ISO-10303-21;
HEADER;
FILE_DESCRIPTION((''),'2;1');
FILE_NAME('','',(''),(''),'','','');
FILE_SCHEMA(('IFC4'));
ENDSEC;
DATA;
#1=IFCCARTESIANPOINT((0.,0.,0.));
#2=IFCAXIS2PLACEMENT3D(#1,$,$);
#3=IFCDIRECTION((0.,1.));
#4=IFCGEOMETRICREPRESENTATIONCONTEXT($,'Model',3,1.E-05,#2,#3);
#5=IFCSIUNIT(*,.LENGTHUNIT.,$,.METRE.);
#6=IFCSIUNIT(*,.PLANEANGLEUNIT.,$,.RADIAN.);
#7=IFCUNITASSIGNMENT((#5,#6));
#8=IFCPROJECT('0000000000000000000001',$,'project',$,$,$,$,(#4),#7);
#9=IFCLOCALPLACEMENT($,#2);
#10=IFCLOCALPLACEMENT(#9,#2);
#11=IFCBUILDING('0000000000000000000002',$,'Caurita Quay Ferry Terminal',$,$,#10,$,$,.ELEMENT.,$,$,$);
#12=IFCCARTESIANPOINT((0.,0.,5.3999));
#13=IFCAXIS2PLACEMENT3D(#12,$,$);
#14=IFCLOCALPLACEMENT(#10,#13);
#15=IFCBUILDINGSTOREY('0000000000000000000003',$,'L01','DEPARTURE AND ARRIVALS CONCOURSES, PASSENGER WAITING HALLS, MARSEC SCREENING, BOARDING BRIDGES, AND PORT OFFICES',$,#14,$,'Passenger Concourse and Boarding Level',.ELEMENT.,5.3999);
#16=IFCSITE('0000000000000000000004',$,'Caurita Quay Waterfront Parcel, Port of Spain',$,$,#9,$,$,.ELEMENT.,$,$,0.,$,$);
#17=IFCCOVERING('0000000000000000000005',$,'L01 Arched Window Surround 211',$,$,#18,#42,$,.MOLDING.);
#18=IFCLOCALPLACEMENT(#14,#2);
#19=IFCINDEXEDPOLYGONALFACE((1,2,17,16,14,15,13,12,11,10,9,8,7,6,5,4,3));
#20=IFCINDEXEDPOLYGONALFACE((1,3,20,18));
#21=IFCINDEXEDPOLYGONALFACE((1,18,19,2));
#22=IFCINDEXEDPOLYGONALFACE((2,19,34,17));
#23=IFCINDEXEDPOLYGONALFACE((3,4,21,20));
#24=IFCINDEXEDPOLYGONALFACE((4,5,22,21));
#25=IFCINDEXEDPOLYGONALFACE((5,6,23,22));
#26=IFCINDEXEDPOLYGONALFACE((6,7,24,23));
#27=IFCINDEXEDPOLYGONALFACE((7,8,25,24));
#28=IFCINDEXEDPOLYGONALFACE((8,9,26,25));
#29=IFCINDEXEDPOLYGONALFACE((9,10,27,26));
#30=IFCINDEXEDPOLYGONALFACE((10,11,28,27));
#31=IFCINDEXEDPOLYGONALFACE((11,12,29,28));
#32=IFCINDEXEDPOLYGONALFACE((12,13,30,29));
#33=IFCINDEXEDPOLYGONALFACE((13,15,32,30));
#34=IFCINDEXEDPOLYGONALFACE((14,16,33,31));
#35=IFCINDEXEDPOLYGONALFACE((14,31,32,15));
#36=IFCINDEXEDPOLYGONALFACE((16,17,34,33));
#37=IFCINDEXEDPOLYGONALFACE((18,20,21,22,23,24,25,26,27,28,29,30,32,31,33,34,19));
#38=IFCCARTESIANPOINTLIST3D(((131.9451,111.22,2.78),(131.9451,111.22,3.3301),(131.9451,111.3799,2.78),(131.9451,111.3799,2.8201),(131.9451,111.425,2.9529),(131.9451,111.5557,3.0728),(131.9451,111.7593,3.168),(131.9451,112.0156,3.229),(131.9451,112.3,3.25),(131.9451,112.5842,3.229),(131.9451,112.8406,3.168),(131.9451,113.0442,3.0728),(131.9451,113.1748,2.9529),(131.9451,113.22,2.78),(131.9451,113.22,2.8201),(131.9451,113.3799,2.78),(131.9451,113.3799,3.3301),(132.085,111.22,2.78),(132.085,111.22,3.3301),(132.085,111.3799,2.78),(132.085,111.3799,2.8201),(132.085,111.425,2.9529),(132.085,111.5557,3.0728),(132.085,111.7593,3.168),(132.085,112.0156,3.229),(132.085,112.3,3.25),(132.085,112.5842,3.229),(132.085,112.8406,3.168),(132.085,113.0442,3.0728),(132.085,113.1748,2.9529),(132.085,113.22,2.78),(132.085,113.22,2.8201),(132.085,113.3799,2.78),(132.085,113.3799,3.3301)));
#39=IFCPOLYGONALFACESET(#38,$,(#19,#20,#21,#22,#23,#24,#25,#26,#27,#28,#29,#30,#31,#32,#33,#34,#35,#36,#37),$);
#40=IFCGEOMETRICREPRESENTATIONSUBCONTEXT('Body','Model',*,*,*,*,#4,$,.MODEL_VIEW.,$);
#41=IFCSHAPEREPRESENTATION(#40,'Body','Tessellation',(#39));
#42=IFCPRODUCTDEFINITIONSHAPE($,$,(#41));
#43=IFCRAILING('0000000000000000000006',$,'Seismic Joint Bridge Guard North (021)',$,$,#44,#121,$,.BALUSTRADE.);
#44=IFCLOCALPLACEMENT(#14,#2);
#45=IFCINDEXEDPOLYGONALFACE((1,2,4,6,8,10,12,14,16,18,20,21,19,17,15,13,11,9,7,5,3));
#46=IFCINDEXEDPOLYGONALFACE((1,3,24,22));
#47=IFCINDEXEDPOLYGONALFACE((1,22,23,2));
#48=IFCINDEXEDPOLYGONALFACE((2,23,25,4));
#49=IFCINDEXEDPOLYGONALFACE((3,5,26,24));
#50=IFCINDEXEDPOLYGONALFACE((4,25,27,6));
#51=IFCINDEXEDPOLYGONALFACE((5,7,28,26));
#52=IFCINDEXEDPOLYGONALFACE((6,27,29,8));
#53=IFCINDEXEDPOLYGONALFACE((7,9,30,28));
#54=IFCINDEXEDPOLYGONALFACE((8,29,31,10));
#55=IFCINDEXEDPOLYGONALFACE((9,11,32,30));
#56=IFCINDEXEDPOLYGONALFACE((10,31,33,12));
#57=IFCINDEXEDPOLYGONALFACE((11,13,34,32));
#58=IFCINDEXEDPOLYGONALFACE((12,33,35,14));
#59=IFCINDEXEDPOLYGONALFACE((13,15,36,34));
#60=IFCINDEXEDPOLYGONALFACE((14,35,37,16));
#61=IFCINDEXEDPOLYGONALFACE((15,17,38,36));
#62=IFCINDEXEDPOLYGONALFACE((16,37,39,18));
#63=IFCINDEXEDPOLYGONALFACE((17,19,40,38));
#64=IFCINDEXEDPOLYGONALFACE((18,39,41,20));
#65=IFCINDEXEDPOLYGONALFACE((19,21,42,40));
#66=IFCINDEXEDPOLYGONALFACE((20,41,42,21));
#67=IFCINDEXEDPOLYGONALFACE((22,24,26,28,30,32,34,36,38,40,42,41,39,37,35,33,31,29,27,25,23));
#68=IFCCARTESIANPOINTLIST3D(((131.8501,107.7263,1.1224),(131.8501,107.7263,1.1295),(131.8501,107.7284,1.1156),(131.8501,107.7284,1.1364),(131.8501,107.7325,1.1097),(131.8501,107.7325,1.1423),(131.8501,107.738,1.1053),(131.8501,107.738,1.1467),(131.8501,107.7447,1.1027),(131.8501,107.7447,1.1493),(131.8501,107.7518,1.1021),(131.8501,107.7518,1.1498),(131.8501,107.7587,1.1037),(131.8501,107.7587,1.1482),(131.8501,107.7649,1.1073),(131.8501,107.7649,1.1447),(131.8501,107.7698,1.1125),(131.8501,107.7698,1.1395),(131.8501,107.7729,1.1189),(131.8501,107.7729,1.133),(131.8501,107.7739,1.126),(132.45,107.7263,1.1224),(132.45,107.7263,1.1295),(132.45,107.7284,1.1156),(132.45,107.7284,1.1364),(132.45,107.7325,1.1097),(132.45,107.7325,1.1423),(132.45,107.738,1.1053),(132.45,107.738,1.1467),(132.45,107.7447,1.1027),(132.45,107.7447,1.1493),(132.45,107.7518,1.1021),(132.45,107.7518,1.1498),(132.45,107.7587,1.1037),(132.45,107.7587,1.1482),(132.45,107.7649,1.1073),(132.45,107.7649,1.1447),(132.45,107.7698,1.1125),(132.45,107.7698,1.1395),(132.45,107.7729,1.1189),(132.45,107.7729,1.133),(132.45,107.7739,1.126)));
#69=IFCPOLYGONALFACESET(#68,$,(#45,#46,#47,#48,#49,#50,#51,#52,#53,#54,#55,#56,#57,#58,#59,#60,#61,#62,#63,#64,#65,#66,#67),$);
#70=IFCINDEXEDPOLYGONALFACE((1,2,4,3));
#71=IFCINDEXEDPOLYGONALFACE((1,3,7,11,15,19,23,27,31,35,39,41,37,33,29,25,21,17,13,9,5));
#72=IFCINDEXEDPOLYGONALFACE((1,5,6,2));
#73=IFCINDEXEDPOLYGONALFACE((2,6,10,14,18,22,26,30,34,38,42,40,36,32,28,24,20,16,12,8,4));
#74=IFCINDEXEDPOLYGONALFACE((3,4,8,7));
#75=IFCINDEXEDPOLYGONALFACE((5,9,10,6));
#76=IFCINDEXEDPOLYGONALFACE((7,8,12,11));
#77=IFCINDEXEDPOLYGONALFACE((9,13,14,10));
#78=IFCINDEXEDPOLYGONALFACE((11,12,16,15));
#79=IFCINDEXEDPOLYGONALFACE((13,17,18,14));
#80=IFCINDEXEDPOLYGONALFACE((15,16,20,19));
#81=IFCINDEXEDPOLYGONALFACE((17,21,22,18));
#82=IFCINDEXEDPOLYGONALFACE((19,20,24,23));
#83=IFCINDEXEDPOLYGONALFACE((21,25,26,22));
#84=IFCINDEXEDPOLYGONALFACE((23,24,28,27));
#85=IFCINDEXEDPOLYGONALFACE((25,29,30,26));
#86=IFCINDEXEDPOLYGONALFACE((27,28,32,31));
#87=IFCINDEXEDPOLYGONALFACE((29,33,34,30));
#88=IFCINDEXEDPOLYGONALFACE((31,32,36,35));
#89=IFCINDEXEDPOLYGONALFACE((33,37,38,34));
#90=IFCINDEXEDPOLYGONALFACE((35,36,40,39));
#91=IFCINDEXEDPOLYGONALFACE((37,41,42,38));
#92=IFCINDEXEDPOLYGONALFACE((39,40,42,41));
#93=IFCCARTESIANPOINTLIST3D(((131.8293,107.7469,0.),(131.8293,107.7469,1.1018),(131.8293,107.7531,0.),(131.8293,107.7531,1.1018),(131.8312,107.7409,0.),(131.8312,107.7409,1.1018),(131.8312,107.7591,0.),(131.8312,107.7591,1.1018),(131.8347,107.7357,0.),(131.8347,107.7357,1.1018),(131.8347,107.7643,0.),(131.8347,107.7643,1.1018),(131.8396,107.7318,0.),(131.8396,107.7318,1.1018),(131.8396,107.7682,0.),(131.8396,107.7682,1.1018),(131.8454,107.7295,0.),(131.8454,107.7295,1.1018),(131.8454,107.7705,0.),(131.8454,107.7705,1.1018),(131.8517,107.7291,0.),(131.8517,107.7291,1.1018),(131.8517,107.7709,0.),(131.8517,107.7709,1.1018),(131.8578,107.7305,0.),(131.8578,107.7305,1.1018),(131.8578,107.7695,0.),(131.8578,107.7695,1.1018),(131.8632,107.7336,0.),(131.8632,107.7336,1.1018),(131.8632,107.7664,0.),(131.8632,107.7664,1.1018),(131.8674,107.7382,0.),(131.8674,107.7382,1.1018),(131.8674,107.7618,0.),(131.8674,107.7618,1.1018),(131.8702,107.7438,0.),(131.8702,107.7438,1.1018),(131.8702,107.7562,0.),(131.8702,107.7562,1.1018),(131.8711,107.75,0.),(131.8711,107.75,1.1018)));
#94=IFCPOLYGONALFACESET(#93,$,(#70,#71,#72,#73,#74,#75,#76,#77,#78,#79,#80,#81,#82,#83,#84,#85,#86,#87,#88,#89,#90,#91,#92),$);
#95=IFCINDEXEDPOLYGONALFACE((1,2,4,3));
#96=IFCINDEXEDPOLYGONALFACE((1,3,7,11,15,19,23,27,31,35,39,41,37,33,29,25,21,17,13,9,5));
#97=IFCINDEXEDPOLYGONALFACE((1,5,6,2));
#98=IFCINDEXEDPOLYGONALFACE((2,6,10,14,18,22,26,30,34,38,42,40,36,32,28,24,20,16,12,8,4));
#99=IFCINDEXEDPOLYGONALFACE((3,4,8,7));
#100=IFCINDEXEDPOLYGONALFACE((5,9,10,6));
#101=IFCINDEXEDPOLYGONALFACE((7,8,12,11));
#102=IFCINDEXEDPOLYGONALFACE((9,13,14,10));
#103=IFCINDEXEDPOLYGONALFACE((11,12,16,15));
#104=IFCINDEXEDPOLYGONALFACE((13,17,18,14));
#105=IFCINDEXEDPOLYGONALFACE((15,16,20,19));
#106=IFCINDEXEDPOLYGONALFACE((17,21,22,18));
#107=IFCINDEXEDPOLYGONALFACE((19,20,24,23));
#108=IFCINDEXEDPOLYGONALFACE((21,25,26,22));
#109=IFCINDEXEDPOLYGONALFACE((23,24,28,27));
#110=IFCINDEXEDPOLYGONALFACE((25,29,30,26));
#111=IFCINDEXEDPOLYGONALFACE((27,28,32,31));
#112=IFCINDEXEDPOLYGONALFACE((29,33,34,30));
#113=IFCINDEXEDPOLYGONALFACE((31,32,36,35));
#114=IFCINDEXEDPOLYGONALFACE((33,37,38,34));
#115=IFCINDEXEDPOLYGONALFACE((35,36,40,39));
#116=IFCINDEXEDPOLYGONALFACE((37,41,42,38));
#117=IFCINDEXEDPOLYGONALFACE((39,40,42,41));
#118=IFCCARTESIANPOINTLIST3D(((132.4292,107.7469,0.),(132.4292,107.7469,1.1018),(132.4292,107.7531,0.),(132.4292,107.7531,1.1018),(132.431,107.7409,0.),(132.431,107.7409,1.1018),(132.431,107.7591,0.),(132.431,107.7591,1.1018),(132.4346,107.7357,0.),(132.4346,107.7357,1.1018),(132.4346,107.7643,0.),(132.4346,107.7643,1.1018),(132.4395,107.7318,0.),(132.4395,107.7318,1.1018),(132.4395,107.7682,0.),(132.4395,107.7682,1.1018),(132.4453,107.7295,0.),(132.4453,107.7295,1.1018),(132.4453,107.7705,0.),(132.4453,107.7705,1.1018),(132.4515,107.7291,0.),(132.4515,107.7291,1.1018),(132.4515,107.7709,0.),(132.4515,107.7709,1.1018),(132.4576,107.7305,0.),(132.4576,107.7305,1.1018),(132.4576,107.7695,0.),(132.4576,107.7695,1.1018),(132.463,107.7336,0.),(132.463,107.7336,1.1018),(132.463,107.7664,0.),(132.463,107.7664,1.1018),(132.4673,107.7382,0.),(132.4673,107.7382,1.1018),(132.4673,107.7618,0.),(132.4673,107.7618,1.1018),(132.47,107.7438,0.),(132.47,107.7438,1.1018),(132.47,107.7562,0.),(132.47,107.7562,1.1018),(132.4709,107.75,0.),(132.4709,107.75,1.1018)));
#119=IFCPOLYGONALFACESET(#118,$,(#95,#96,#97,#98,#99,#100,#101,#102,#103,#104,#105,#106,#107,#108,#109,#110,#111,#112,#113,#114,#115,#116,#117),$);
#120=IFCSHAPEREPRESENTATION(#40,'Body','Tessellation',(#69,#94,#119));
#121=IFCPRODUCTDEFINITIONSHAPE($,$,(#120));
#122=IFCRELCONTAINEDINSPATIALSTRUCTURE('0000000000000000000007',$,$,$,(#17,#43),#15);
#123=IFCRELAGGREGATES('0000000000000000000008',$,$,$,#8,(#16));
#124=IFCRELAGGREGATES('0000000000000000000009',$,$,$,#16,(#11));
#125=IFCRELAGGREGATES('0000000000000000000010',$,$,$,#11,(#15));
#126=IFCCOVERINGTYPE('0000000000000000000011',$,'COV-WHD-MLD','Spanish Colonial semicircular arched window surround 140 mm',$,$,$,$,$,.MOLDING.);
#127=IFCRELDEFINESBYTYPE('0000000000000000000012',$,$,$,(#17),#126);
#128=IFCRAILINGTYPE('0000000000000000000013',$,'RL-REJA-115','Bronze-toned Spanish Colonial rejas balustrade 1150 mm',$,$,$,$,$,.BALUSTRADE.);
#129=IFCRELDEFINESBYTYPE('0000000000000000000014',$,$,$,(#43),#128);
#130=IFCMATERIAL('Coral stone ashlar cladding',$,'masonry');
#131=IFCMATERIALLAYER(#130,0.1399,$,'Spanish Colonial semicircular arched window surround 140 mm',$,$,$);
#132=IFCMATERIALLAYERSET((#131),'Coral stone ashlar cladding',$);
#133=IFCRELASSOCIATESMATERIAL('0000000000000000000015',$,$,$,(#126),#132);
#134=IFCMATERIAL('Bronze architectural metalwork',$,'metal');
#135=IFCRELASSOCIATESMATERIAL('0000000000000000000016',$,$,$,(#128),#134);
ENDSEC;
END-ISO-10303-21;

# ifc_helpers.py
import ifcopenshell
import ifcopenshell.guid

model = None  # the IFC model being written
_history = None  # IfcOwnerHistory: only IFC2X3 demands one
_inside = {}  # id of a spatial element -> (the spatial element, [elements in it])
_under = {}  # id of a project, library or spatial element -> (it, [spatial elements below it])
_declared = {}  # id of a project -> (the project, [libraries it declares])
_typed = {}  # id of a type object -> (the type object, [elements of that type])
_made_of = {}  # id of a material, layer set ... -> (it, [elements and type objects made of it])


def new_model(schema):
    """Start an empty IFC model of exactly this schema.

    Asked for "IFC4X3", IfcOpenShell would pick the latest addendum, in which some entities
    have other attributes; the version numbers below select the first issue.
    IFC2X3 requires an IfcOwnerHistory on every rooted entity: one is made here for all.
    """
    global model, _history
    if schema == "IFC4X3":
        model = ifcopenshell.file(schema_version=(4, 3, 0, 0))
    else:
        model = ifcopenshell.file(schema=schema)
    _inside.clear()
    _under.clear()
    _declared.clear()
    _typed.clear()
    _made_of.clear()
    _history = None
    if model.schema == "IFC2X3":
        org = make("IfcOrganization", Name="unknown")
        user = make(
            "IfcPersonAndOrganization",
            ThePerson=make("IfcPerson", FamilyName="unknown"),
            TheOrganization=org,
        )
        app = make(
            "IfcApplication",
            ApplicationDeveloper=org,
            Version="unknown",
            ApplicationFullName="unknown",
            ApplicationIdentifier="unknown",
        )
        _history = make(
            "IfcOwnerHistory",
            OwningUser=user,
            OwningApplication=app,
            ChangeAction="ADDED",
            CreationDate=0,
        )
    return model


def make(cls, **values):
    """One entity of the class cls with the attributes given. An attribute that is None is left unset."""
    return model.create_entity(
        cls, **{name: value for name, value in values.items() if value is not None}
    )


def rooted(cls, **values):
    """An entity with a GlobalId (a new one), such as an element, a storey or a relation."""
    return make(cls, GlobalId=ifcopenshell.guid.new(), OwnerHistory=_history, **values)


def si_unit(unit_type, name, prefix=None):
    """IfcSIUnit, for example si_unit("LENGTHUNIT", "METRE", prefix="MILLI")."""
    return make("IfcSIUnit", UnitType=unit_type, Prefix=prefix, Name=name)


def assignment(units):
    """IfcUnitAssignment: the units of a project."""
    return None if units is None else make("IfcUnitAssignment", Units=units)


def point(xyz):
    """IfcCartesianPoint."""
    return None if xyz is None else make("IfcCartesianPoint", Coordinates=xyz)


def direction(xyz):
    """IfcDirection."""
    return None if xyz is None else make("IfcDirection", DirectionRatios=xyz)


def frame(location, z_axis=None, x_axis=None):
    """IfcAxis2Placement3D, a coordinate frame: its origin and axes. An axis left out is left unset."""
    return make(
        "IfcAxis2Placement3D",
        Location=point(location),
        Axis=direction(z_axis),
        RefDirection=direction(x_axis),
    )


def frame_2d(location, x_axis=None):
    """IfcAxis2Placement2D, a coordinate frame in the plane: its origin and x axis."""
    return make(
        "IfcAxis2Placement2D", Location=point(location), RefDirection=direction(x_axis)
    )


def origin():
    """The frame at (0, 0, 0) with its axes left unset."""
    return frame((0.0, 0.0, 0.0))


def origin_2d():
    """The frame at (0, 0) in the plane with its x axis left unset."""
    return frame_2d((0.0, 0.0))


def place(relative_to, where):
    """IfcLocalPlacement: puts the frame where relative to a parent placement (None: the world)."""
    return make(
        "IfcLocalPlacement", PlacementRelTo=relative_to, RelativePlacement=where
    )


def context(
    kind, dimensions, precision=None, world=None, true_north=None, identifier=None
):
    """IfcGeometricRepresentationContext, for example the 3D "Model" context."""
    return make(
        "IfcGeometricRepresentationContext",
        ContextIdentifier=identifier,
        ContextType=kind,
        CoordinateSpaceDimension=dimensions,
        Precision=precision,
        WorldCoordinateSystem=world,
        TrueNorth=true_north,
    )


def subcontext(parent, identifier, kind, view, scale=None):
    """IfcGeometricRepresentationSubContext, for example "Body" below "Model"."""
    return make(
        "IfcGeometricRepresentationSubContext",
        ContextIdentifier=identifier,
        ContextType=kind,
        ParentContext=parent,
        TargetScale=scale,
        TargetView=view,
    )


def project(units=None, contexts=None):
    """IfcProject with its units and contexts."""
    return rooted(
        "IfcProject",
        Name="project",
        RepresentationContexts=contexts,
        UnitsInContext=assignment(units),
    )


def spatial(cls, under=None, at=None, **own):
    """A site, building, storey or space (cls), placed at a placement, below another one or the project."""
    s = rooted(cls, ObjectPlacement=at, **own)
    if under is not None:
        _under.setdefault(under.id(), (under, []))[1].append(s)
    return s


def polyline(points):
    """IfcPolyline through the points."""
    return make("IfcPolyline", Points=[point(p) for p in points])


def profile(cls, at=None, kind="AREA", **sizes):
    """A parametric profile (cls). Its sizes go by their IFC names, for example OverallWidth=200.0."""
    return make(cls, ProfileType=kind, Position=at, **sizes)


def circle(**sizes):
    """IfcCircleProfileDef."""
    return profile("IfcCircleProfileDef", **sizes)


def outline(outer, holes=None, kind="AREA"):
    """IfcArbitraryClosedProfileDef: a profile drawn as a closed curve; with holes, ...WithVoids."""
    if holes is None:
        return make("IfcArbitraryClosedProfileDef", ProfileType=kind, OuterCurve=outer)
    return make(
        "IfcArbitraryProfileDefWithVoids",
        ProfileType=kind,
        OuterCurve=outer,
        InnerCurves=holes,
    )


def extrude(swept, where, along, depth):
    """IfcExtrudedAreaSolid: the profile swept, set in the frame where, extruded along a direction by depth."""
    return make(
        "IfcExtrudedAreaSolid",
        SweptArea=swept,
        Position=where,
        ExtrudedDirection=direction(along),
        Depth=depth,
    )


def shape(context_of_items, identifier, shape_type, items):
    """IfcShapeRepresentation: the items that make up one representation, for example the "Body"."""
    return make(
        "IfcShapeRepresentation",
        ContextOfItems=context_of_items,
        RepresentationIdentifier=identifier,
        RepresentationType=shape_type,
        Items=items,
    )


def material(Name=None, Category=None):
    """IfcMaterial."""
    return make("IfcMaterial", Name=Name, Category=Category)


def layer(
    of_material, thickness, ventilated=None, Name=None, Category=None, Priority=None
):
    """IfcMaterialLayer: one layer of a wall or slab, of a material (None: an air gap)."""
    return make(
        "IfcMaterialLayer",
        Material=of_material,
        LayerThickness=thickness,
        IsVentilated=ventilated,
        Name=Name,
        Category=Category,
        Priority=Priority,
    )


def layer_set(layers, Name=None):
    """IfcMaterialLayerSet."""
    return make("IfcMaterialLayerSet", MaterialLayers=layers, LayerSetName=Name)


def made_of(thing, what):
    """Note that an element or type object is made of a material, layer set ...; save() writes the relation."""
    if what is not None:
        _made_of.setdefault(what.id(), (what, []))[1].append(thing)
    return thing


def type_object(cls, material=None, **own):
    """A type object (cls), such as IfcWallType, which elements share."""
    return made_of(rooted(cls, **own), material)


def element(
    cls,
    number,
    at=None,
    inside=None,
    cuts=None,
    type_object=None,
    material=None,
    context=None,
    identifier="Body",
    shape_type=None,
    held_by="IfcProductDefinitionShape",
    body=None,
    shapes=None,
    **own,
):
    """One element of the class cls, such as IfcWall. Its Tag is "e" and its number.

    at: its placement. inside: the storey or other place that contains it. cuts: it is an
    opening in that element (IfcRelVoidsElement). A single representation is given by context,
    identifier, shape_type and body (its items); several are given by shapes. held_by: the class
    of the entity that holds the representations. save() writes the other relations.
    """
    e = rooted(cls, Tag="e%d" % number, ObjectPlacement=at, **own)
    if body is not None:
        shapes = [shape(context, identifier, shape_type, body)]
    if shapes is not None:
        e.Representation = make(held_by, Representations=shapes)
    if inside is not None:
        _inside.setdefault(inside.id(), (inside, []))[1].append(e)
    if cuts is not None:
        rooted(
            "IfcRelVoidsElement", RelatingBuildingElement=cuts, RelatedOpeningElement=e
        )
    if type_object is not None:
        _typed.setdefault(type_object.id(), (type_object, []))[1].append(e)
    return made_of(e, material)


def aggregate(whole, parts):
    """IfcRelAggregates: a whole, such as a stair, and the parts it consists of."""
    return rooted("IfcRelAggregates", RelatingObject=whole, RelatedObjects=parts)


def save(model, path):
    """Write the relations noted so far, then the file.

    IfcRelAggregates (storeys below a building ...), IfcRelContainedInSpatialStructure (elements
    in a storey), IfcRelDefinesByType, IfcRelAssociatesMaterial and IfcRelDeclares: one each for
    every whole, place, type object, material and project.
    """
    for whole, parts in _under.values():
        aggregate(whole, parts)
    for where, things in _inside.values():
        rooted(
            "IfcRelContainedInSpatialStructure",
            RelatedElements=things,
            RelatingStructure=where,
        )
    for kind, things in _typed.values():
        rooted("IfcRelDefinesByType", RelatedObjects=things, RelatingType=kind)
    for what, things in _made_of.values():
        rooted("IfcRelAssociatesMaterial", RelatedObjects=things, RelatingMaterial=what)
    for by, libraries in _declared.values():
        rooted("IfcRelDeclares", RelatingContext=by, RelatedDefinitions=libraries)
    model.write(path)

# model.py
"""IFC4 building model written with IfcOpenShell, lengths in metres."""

from ifc_helpers import new_model, si_unit, direction, frame, origin, origin_2d, place, context, subcontext, project, spatial, polyline, circle, outline, extrude, material, layer, layer_set, type_object, element, save


model = new_model("IFC4")

# Units and contexts
model_context = context("Model", 3, precision=1e-05, world=origin(), true_north=direction((0.0, 1.0)))
body_context = subcontext(model_context, "Body", "Model", "MODEL_VIEW")
ifc_project = project(units=[si_unit("LENGTHUNIT", "METRE"), si_unit("PLANEANGLEUNIT", "RADIAN")], contexts=[model_context])

# Site, building, storey
site_placement = place(None, origin())
site = spatial("IfcSite", under=ifc_project, at=site_placement, Name="Caurita Quay Waterfront Parcel, Port of Spain", CompositionType="ELEMENT", RefElevation=0.0)
building_placement = place(site_placement, origin())
building = spatial("IfcBuilding", under=site, at=building_placement, Name="Caurita Quay Ferry Terminal", CompositionType="ELEMENT")
storey_placement = place(building_placement, frame((0.0, 0.0, 5.3999)))
storey = spatial("IfcBuildingStorey", under=building, at=storey_placement, Name="L01", Description="DEPARTURE AND ARRIVALS CONCOURSES, PASSENGER WAITING HALLS, MARSEC SCREENING, BOARDING BRIDGES, AND PORT OFFICES", LongName="Passenger Concourse and Boarding Level", CompositionType="ELEMENT", Elevation=5.3999)

# Covering
ifc_material_1 = material(Name="Coral stone ashlar cladding", Category="masonry")
ifc_layer_1 = layer(ifc_material_1, 0.1399, Name="Spanish Colonial semicircular arched window surround 140 mm")
ifc_layer_set_1 = layer_set([ifc_layer_1], Name="Coral stone ashlar cladding")
covering_type_1 = type_object("IfcCoveringType", Name="COV-WHD-MLD", Description="Spanish Colonial semicircular arched window surround 140 mm", PredefinedType="MOLDING", material=ifc_layer_set_1)
covering_1_placement = place(storey_placement, frame((132.0149, 111.22, 2.78), z_axis=(0.0, 0.0, 1.0), x_axis=(0.0, 1.0, 0.0)))
element("IfcCovering", 1, at=covering_1_placement, inside=storey, type_object=covering_type_1, Name="L01 Arched Window Surround 211", PredefinedType="MOLDING", context=body_context, shape_type="SweptSolid", body=[
    extrude(outline(polyline([(0.0, 0.0), (0.1599, 0.0), (0.1599, 0.04), (0.2051, 0.1729), (0.3357, 0.2927), (0.5393, 0.3879), (0.7957, 0.449), (1.0801, 0.47), (1.3643, 0.449), (1.6206, 0.3879), (1.8242, 0.2927), (1.9548, 0.1729), (2.0, 0.04), (2.0, 0.0), (2.1599, 0.0), (2.1599, 0.55), (0.0, 0.55), (0.0, 0.0)])), frame((0.0, 0.0698, 0.0), z_axis=(0.0, -1.0, 0.0), x_axis=(1.0, 0.0, 0.0)), (0.0, 0.0, 1.0), 0.1399),
])

# Railing
ifc_material_2 = material(Name="Bronze architectural metalwork", Category="metal")
railing_type = type_object("IfcRailingType", Name="RL-REJA-115", Description="Bronze-toned Spanish Colonial rejas balustrade 1150 mm", PredefinedType="BALUSTRADE", material=ifc_material_2)
railing_1_placement = place(storey_placement, frame((131.8501, 107.75, 0.0)))
element("IfcRailing", 2, at=railing_1_placement, inside=storey, type_object=railing_type, Name="Seismic Joint Bridge Guard North (021)", PredefinedType="BALUSTRADE", context=body_context, shape_type="SweptSolid", body=[
    extrude(circle(Radius=0.0239, at=origin_2d()), frame((0.0, 0.0, 1.126), z_axis=(1.0, 0.0, 0.0), x_axis=(0.0, 1.0, 0.0)), (0.0, 0.0, 1.0), 0.5999),
    extrude(circle(Radius=0.021, at=origin_2d()), origin(), (0.0, 0.0, 1.0), 1.1018),
    extrude(circle(Radius=0.021, at=origin_2d()), frame((0.5999, 0.0, 0.0)), (0.0, 0.0, 1.0), 1.1018),
])

save(model, "model.ifc")
